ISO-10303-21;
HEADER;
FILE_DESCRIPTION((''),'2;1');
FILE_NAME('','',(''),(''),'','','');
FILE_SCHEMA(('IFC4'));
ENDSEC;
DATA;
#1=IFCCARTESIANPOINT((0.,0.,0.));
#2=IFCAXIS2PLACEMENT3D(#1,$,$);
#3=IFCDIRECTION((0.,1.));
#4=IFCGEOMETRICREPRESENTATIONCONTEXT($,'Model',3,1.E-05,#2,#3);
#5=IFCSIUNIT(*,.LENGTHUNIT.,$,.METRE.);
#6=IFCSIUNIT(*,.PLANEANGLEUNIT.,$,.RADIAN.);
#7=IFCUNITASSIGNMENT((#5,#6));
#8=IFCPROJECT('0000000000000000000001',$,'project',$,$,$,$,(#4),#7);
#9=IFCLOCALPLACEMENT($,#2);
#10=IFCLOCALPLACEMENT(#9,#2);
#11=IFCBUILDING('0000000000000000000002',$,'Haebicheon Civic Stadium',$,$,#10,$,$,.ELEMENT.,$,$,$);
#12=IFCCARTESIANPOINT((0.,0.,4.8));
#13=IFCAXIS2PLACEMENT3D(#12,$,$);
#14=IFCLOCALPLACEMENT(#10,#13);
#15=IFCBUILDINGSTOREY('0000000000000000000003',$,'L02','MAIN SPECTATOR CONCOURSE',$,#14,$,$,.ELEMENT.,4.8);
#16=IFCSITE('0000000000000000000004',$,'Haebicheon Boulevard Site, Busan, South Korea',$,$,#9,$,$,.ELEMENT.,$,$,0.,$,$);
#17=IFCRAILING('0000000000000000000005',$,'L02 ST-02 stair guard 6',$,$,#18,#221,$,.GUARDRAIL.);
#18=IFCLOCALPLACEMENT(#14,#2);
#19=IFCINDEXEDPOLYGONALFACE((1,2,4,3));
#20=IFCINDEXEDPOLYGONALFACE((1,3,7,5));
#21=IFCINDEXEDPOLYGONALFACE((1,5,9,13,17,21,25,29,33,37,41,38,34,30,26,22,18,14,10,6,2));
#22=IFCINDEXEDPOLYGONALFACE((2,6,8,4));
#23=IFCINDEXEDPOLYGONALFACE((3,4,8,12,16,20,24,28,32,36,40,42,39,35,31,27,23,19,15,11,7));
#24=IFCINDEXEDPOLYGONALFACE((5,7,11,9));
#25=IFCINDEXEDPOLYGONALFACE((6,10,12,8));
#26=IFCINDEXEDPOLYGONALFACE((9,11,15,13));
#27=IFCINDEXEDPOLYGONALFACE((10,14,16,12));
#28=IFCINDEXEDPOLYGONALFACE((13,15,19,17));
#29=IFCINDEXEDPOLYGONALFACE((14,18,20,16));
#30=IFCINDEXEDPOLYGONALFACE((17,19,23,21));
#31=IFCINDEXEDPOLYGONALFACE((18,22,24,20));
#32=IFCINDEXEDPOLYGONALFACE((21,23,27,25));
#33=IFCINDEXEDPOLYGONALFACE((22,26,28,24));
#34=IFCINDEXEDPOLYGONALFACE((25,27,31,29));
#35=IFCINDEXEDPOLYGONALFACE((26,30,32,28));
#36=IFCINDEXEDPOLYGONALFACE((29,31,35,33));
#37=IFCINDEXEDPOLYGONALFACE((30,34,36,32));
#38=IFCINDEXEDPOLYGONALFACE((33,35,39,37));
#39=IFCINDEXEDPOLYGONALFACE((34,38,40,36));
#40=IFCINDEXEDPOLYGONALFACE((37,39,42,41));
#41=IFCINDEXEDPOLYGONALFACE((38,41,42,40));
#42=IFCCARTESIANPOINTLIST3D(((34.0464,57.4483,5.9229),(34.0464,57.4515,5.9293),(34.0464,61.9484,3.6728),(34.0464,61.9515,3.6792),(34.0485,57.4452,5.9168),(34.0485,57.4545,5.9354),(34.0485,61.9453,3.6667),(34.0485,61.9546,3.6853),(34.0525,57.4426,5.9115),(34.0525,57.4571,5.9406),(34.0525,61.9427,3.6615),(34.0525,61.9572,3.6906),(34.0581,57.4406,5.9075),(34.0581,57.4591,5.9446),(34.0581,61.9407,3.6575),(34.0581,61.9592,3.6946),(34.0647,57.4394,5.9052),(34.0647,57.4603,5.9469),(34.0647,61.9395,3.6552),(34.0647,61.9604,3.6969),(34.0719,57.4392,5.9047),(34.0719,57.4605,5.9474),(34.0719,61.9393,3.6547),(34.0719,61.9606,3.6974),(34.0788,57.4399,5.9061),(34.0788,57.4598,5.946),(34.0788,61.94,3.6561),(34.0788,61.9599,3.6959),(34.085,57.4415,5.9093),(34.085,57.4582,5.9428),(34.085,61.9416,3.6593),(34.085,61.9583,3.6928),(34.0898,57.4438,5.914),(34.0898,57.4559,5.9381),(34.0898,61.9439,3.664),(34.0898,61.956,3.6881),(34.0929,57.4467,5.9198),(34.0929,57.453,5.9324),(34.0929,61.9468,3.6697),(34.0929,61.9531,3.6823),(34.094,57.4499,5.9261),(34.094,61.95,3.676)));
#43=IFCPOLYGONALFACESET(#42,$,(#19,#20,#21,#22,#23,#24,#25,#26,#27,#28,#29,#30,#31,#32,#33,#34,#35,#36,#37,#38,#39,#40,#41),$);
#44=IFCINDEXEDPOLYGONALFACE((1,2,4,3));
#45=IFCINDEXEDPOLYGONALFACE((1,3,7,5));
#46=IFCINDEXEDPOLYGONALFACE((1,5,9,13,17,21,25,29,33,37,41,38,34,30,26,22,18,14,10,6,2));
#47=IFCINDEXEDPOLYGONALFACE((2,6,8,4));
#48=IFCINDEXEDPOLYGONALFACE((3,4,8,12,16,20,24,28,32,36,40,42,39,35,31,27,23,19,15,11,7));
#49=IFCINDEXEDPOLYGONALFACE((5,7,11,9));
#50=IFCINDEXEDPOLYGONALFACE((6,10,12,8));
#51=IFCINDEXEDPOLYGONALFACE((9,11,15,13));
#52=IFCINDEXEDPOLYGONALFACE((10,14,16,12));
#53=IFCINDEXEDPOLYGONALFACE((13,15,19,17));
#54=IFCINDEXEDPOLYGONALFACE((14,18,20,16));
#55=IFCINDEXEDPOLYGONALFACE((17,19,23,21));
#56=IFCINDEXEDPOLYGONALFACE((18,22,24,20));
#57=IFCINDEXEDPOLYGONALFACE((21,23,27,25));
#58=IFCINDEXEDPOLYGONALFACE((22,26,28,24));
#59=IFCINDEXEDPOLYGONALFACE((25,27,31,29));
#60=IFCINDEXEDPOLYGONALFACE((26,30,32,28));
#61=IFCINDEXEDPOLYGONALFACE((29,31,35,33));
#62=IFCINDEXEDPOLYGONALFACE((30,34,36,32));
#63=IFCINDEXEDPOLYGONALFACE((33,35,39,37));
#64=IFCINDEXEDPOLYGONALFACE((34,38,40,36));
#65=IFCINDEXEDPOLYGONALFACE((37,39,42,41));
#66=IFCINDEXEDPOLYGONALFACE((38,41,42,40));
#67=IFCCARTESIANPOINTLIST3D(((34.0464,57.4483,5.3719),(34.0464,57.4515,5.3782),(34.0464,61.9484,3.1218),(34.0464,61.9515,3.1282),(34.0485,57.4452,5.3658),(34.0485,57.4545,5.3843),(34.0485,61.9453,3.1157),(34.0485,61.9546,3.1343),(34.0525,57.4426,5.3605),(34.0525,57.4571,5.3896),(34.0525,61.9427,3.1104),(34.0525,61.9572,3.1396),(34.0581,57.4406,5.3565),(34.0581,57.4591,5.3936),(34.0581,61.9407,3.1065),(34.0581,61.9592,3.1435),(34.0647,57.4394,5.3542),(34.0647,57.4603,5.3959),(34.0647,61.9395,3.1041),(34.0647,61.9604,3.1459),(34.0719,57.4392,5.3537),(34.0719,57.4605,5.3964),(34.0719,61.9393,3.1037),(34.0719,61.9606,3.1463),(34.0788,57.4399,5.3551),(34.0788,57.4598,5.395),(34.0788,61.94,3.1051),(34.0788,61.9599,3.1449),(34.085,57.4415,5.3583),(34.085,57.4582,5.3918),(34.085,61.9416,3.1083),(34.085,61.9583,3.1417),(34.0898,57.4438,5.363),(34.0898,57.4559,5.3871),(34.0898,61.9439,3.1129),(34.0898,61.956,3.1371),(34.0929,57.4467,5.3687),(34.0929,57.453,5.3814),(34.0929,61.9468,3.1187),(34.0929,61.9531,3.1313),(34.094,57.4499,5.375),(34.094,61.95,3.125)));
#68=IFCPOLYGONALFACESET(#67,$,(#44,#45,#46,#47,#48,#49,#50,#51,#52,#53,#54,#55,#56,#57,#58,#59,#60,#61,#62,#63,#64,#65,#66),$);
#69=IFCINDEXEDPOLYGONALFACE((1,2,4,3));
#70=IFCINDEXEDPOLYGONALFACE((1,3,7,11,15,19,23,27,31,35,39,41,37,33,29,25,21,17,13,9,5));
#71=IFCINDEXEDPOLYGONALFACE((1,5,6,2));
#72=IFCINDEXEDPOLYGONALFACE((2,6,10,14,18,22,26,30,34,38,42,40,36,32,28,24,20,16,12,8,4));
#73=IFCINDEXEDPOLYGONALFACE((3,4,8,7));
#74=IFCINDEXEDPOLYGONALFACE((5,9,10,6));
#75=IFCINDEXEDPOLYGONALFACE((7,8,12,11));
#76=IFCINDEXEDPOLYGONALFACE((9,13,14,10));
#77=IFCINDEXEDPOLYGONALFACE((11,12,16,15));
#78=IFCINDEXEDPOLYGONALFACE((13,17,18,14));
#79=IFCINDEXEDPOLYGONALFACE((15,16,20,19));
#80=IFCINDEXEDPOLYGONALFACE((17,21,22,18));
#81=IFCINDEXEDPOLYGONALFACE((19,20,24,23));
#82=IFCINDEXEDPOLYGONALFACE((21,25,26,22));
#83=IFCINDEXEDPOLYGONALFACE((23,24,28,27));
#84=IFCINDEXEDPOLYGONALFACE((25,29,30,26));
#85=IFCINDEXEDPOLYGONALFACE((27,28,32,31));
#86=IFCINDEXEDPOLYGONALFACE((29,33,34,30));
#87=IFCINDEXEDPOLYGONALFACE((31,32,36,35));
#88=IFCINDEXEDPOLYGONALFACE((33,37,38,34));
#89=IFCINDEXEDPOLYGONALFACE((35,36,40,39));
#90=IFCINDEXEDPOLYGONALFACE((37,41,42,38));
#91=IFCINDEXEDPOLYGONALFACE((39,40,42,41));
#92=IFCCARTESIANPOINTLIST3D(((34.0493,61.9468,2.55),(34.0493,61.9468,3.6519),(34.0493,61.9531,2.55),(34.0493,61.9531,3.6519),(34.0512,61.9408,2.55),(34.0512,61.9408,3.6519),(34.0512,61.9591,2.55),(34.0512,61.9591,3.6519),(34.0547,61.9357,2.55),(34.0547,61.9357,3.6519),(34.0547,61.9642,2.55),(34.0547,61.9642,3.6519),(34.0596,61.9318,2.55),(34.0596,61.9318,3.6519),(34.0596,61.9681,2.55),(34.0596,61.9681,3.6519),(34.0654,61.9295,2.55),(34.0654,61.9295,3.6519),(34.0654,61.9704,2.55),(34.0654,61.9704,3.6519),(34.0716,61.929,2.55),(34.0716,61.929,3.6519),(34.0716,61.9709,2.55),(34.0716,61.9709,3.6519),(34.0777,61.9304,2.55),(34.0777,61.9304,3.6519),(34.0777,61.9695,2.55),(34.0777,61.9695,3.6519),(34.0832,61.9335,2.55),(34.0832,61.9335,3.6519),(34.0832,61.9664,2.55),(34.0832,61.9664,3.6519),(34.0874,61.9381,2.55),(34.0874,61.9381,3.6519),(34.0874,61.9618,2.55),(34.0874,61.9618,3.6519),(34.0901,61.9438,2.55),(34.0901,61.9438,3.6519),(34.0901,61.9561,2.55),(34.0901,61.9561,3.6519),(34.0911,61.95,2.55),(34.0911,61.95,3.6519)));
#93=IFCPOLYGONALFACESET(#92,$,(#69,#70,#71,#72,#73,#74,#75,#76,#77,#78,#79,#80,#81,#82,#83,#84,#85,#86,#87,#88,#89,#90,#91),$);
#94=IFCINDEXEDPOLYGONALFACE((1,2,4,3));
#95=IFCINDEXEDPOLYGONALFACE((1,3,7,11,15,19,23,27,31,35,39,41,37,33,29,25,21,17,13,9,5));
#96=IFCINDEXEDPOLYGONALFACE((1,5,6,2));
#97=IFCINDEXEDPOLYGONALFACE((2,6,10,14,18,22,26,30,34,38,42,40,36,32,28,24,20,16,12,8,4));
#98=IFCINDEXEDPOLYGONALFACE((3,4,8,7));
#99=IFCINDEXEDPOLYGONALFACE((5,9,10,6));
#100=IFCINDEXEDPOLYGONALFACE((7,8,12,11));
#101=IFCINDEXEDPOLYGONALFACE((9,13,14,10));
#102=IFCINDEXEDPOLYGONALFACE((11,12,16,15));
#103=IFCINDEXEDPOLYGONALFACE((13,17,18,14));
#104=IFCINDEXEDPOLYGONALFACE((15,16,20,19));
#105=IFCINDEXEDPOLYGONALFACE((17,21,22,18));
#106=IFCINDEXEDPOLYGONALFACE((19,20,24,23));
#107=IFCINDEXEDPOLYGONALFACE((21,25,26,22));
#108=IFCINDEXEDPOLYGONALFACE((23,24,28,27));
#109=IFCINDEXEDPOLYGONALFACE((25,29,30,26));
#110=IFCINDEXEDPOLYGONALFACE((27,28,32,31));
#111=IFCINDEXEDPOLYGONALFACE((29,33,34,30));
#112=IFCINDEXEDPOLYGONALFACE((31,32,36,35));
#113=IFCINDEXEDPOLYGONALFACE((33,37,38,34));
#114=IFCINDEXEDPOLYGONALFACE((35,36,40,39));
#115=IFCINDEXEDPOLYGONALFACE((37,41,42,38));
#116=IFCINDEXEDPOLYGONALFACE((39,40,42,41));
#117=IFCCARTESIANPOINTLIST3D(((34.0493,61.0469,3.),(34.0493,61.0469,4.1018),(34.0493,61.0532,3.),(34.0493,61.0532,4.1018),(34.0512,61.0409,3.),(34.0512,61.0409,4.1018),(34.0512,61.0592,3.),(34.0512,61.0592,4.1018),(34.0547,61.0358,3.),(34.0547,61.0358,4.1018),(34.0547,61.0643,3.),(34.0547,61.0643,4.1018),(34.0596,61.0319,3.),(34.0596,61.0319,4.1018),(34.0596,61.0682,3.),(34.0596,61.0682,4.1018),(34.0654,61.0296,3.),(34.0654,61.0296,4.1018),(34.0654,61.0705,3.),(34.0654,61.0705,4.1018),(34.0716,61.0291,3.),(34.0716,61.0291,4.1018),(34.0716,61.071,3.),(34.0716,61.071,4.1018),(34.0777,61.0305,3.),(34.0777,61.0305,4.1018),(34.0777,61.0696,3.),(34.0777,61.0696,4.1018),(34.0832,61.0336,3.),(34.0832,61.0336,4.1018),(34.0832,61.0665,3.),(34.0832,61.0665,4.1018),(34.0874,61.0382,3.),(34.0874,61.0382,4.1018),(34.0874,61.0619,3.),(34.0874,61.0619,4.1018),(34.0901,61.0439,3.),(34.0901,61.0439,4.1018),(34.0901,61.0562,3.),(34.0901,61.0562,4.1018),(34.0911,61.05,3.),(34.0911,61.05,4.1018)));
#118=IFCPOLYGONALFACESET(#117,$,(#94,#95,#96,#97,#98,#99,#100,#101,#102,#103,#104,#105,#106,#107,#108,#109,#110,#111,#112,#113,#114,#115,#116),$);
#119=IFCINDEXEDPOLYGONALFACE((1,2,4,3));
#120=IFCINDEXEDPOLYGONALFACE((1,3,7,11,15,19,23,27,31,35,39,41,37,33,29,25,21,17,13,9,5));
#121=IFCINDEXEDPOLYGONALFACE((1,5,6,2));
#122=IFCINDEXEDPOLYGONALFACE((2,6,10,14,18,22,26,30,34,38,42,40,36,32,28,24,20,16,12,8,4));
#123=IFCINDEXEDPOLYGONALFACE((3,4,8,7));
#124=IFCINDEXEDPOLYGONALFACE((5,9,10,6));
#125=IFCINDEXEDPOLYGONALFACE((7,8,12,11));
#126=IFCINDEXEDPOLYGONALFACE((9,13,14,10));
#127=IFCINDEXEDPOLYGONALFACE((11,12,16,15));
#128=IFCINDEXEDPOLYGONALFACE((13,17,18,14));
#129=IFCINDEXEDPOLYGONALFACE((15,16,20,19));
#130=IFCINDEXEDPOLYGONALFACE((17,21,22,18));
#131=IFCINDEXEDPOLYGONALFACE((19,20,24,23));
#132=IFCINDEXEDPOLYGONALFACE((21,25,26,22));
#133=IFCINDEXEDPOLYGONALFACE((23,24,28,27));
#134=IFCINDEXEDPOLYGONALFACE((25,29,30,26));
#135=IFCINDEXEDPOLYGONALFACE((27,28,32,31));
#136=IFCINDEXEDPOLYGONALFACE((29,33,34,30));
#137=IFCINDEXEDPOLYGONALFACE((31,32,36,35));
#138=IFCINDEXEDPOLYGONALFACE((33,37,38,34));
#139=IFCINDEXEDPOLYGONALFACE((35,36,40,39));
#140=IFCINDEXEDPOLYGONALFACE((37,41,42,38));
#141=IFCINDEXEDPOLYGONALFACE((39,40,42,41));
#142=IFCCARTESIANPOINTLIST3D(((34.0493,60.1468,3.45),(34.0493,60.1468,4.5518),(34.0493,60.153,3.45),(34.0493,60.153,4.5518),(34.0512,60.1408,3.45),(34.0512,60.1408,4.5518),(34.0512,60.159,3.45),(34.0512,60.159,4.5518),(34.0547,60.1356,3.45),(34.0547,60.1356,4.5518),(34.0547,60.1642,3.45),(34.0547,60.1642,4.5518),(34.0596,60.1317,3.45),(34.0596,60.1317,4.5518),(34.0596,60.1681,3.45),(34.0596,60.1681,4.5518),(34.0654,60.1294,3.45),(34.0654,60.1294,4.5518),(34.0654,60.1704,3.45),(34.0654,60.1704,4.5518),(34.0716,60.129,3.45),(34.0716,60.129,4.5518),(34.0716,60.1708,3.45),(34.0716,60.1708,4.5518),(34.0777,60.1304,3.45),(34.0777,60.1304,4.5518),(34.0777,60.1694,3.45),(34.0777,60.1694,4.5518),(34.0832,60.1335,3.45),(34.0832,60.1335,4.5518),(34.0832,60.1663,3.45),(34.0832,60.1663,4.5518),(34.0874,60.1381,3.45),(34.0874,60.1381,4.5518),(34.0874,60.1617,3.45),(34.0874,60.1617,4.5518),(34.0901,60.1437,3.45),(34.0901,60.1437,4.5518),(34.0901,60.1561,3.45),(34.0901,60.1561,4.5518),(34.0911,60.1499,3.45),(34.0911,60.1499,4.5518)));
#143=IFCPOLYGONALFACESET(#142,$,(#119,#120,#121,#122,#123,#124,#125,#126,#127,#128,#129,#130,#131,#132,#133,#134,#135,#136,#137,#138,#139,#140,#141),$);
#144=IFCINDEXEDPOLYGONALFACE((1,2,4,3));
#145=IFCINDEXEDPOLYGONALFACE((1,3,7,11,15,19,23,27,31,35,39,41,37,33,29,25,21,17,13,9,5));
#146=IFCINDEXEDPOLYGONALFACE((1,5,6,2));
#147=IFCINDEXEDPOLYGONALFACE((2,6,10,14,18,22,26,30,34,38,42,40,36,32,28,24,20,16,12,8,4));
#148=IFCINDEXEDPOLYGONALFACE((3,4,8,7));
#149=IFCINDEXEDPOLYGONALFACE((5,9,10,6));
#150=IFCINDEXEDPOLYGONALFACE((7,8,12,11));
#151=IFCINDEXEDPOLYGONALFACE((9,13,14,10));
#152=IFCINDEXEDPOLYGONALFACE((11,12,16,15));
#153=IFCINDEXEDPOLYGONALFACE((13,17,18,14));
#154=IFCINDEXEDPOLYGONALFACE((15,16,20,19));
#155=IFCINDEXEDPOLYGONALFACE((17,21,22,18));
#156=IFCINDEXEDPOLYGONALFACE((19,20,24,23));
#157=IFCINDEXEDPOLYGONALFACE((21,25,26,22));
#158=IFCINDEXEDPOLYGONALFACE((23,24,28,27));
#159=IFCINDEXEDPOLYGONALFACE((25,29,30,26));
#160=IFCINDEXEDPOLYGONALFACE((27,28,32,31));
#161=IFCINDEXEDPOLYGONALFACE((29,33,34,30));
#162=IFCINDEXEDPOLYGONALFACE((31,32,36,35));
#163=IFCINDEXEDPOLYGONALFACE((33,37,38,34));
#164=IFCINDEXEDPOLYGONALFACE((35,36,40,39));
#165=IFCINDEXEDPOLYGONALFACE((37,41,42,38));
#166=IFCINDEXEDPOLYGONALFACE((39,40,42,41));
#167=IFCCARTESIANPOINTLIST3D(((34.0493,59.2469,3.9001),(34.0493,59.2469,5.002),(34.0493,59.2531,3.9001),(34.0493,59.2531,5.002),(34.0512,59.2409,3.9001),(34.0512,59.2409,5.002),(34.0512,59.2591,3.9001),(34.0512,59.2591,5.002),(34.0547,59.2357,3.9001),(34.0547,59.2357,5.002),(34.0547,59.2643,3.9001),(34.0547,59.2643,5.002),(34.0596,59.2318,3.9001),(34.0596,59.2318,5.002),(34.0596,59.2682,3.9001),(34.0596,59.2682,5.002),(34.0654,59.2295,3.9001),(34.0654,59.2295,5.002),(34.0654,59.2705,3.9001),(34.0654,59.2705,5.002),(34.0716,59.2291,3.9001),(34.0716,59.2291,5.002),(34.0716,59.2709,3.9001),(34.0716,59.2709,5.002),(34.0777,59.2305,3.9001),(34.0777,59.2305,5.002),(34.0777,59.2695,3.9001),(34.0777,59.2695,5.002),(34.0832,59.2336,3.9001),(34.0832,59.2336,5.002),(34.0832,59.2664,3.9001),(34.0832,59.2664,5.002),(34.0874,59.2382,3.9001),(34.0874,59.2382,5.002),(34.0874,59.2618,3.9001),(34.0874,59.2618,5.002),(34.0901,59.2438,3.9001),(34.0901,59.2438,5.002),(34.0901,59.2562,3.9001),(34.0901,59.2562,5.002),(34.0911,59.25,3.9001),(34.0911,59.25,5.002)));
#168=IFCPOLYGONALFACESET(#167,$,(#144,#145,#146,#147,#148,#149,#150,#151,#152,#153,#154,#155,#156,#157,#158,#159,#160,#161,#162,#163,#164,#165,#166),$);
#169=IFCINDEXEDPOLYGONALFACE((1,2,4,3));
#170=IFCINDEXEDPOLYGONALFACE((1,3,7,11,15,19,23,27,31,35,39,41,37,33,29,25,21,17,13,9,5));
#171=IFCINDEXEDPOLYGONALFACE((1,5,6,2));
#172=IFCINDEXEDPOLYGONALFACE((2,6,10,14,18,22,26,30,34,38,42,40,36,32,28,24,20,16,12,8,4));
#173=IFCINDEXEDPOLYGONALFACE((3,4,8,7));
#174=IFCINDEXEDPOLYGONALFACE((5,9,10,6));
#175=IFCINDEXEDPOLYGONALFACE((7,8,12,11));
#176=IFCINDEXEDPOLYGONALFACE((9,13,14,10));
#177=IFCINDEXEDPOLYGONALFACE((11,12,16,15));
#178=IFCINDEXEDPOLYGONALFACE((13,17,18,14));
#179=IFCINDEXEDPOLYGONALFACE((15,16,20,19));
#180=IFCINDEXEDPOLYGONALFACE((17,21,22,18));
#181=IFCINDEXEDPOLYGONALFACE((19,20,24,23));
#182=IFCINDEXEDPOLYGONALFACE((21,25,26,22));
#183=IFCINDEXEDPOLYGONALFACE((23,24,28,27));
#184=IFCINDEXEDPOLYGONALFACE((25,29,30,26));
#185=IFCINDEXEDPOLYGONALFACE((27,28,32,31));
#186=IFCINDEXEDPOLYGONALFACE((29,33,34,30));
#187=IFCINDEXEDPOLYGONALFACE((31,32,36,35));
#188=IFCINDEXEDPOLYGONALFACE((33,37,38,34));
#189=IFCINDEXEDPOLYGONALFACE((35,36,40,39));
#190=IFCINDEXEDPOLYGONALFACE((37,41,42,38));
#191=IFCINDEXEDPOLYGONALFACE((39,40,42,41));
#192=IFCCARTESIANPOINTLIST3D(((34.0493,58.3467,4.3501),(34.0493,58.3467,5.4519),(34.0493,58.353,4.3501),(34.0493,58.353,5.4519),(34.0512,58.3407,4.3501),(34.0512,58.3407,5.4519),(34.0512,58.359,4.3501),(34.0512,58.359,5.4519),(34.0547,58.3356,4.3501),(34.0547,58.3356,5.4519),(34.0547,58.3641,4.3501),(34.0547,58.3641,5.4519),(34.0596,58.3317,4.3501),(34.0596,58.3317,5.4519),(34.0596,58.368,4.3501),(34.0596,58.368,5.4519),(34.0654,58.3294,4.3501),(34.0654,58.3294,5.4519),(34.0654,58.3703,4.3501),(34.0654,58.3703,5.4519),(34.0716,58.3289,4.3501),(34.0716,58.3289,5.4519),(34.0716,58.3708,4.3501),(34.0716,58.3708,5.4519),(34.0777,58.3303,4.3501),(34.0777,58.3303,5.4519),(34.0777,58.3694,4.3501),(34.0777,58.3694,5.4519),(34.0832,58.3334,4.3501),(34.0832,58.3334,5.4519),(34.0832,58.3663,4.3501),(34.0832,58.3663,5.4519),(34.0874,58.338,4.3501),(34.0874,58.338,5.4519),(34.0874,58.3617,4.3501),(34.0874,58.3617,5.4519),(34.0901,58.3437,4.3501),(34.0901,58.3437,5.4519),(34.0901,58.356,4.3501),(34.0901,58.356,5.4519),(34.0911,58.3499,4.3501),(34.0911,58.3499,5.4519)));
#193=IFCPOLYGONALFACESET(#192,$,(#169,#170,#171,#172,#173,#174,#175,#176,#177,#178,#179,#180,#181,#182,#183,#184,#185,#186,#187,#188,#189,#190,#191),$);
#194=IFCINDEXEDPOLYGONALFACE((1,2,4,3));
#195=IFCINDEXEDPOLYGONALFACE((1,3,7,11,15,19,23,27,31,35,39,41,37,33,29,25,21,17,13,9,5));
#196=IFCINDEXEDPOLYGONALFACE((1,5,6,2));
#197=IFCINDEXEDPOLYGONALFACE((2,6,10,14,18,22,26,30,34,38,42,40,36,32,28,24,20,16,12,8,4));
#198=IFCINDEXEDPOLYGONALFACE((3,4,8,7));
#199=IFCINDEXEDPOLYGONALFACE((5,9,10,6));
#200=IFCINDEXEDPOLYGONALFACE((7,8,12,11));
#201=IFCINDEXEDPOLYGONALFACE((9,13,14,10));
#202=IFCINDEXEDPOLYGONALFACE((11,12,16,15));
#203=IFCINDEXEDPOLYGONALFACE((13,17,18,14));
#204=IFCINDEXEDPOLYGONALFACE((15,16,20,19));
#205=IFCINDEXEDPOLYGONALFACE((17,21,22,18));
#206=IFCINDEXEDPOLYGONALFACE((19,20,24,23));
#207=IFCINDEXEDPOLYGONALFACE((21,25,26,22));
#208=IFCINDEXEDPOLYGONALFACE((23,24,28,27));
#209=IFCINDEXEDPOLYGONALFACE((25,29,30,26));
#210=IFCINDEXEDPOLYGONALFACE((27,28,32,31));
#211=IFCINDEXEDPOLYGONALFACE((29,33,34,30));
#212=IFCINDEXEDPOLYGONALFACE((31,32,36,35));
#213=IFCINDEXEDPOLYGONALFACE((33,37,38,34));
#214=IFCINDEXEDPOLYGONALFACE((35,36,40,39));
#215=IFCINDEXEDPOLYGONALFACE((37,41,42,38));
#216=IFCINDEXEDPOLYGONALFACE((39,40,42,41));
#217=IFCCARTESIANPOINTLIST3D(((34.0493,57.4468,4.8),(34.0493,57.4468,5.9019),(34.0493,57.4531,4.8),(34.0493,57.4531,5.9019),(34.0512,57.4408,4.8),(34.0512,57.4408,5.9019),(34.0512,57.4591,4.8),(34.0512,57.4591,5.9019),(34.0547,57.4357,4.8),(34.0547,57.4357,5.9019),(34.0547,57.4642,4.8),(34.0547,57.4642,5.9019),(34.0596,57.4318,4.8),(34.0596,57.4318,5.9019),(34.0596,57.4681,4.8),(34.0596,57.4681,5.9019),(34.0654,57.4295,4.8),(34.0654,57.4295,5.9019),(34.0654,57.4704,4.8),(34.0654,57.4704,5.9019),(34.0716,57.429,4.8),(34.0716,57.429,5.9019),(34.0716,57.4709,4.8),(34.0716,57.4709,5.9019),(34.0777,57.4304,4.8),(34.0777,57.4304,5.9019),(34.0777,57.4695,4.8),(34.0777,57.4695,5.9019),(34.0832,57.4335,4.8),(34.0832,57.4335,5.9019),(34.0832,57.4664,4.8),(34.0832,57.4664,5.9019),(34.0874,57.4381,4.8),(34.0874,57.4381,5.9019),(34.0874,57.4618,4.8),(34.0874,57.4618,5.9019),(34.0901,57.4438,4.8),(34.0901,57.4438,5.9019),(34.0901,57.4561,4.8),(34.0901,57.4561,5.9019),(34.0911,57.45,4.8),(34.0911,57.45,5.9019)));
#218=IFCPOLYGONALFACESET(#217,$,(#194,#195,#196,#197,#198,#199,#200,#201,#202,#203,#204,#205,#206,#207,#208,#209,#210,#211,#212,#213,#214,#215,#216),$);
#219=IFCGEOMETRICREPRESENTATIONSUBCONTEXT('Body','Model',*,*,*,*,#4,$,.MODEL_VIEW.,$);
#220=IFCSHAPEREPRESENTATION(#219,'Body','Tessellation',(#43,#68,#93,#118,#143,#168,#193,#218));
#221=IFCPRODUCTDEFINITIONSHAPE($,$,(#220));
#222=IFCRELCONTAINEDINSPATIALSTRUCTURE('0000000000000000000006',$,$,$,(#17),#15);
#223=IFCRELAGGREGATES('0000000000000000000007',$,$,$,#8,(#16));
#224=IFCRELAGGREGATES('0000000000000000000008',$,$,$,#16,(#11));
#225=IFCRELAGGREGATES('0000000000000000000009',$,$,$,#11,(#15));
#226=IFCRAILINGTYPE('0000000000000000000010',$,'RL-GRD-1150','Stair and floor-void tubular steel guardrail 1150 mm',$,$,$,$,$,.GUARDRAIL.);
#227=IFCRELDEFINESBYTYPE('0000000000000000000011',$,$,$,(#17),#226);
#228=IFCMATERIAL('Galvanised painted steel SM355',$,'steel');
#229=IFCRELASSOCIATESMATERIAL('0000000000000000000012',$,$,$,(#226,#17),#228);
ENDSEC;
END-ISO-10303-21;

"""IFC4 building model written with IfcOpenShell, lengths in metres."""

from ifc_helpers import new_model, si_unit, direction, frame, origin, origin_2d, place, context, subcontext, project, spatial, circle, extrude, material, type_object, element, save


model = new_model("IFC4")

# Units and contexts
model_context = context("Model", 3, precision=1e-05, world=origin(), true_north=direction((0.0, 1.0)))
body_context = subcontext(model_context, "Body", "Model", "MODEL_VIEW")
ifc_project = project(units=[si_unit("LENGTHUNIT", "METRE"), si_unit("PLANEANGLEUNIT", "RADIAN")], contexts=[model_context])

# Site, building, storey
site_placement = place(None, origin())
site = spatial("IfcSite", under=ifc_project, at=site_placement, Name="Haebicheon Boulevard Site, Busan, South Korea", CompositionType="ELEMENT", RefElevation=0.0)
building_placement = place(site_placement, origin())
building = spatial("IfcBuilding", under=site, at=building_placement, Name="Haebicheon Civic Stadium", CompositionType="ELEMENT")
storey_placement = place(building_placement, frame((0.0, 0.0, 4.8)))
storey = spatial("IfcBuildingStorey", under=building, at=storey_placement, Name="L02", Description="MAIN SPECTATOR CONCOURSE", CompositionType="ELEMENT", Elevation=4.8)

# Railing
ifc_material_1 = material(Name="Galvanised painted steel SM355", Category="steel")
railing_type_1 = type_object("IfcRailingType", Name="RL-GRD-1150", Description="Stair and floor-void tubular steel guardrail 1150 mm", PredefinedType="GUARDRAIL", material=ifc_material_1)
railing_1_placement = place(storey_placement, frame((34.0701, 61.95, 2.55)))
element("IfcRailing", 1, at=railing_1_placement, inside=storey, type_object=railing_type_1, material=ifc_material_1, Name="L02 ST-02 stair guard 6", PredefinedType="GUARDRAIL", context=body_context, shape_type="SweptSolid", body=[
    extrude(circle(Radius=0.0239, at=origin_2d()), frame((0.0, 0.0, 1.126), z_axis=(0.0, -0.894427, 0.447214), x_axis=(1.0, 0.0, 0.0)), (0.0, 0.0, 1.0), 5.0312),
    extrude(circle(Radius=0.0239, at=origin_2d()), frame((0.0, 0.0, 0.575), z_axis=(0.0, -0.894427, 0.447214), x_axis=(1.0, 0.0, 0.0)), (0.0, 0.0, 1.0), 5.0312),
    extrude(circle(Radius=0.021, at=origin_2d()), origin(), (0.0, 0.0, 1.0), 1.1018),
    extrude(circle(Radius=0.021, at=origin_2d()), frame((0.0, -0.8999, 0.45)), (0.0, 0.0, 1.0), 1.1018),
    extrude(circle(Radius=0.021, at=origin_2d()), frame((0.0, -1.8, 0.8999)), (0.0, 0.0, 1.0), 1.1018),
    extrude(circle(Radius=0.021, at=origin_2d()), frame((0.0, -2.7, 1.3501)), (0.0, 0.0, 1.0), 1.1018),
    extrude(circle(Radius=0.021, at=origin_2d()), frame((0.0, -3.6001, 1.8)), (0.0, 0.0, 1.0), 1.1018),
    extrude(circle(Radius=0.021, at=origin_2d()), frame((0.0, -4.5, 2.25)), (0.0, 0.0, 1.0), 1.1018),
])

save(model, "model.ifc")
